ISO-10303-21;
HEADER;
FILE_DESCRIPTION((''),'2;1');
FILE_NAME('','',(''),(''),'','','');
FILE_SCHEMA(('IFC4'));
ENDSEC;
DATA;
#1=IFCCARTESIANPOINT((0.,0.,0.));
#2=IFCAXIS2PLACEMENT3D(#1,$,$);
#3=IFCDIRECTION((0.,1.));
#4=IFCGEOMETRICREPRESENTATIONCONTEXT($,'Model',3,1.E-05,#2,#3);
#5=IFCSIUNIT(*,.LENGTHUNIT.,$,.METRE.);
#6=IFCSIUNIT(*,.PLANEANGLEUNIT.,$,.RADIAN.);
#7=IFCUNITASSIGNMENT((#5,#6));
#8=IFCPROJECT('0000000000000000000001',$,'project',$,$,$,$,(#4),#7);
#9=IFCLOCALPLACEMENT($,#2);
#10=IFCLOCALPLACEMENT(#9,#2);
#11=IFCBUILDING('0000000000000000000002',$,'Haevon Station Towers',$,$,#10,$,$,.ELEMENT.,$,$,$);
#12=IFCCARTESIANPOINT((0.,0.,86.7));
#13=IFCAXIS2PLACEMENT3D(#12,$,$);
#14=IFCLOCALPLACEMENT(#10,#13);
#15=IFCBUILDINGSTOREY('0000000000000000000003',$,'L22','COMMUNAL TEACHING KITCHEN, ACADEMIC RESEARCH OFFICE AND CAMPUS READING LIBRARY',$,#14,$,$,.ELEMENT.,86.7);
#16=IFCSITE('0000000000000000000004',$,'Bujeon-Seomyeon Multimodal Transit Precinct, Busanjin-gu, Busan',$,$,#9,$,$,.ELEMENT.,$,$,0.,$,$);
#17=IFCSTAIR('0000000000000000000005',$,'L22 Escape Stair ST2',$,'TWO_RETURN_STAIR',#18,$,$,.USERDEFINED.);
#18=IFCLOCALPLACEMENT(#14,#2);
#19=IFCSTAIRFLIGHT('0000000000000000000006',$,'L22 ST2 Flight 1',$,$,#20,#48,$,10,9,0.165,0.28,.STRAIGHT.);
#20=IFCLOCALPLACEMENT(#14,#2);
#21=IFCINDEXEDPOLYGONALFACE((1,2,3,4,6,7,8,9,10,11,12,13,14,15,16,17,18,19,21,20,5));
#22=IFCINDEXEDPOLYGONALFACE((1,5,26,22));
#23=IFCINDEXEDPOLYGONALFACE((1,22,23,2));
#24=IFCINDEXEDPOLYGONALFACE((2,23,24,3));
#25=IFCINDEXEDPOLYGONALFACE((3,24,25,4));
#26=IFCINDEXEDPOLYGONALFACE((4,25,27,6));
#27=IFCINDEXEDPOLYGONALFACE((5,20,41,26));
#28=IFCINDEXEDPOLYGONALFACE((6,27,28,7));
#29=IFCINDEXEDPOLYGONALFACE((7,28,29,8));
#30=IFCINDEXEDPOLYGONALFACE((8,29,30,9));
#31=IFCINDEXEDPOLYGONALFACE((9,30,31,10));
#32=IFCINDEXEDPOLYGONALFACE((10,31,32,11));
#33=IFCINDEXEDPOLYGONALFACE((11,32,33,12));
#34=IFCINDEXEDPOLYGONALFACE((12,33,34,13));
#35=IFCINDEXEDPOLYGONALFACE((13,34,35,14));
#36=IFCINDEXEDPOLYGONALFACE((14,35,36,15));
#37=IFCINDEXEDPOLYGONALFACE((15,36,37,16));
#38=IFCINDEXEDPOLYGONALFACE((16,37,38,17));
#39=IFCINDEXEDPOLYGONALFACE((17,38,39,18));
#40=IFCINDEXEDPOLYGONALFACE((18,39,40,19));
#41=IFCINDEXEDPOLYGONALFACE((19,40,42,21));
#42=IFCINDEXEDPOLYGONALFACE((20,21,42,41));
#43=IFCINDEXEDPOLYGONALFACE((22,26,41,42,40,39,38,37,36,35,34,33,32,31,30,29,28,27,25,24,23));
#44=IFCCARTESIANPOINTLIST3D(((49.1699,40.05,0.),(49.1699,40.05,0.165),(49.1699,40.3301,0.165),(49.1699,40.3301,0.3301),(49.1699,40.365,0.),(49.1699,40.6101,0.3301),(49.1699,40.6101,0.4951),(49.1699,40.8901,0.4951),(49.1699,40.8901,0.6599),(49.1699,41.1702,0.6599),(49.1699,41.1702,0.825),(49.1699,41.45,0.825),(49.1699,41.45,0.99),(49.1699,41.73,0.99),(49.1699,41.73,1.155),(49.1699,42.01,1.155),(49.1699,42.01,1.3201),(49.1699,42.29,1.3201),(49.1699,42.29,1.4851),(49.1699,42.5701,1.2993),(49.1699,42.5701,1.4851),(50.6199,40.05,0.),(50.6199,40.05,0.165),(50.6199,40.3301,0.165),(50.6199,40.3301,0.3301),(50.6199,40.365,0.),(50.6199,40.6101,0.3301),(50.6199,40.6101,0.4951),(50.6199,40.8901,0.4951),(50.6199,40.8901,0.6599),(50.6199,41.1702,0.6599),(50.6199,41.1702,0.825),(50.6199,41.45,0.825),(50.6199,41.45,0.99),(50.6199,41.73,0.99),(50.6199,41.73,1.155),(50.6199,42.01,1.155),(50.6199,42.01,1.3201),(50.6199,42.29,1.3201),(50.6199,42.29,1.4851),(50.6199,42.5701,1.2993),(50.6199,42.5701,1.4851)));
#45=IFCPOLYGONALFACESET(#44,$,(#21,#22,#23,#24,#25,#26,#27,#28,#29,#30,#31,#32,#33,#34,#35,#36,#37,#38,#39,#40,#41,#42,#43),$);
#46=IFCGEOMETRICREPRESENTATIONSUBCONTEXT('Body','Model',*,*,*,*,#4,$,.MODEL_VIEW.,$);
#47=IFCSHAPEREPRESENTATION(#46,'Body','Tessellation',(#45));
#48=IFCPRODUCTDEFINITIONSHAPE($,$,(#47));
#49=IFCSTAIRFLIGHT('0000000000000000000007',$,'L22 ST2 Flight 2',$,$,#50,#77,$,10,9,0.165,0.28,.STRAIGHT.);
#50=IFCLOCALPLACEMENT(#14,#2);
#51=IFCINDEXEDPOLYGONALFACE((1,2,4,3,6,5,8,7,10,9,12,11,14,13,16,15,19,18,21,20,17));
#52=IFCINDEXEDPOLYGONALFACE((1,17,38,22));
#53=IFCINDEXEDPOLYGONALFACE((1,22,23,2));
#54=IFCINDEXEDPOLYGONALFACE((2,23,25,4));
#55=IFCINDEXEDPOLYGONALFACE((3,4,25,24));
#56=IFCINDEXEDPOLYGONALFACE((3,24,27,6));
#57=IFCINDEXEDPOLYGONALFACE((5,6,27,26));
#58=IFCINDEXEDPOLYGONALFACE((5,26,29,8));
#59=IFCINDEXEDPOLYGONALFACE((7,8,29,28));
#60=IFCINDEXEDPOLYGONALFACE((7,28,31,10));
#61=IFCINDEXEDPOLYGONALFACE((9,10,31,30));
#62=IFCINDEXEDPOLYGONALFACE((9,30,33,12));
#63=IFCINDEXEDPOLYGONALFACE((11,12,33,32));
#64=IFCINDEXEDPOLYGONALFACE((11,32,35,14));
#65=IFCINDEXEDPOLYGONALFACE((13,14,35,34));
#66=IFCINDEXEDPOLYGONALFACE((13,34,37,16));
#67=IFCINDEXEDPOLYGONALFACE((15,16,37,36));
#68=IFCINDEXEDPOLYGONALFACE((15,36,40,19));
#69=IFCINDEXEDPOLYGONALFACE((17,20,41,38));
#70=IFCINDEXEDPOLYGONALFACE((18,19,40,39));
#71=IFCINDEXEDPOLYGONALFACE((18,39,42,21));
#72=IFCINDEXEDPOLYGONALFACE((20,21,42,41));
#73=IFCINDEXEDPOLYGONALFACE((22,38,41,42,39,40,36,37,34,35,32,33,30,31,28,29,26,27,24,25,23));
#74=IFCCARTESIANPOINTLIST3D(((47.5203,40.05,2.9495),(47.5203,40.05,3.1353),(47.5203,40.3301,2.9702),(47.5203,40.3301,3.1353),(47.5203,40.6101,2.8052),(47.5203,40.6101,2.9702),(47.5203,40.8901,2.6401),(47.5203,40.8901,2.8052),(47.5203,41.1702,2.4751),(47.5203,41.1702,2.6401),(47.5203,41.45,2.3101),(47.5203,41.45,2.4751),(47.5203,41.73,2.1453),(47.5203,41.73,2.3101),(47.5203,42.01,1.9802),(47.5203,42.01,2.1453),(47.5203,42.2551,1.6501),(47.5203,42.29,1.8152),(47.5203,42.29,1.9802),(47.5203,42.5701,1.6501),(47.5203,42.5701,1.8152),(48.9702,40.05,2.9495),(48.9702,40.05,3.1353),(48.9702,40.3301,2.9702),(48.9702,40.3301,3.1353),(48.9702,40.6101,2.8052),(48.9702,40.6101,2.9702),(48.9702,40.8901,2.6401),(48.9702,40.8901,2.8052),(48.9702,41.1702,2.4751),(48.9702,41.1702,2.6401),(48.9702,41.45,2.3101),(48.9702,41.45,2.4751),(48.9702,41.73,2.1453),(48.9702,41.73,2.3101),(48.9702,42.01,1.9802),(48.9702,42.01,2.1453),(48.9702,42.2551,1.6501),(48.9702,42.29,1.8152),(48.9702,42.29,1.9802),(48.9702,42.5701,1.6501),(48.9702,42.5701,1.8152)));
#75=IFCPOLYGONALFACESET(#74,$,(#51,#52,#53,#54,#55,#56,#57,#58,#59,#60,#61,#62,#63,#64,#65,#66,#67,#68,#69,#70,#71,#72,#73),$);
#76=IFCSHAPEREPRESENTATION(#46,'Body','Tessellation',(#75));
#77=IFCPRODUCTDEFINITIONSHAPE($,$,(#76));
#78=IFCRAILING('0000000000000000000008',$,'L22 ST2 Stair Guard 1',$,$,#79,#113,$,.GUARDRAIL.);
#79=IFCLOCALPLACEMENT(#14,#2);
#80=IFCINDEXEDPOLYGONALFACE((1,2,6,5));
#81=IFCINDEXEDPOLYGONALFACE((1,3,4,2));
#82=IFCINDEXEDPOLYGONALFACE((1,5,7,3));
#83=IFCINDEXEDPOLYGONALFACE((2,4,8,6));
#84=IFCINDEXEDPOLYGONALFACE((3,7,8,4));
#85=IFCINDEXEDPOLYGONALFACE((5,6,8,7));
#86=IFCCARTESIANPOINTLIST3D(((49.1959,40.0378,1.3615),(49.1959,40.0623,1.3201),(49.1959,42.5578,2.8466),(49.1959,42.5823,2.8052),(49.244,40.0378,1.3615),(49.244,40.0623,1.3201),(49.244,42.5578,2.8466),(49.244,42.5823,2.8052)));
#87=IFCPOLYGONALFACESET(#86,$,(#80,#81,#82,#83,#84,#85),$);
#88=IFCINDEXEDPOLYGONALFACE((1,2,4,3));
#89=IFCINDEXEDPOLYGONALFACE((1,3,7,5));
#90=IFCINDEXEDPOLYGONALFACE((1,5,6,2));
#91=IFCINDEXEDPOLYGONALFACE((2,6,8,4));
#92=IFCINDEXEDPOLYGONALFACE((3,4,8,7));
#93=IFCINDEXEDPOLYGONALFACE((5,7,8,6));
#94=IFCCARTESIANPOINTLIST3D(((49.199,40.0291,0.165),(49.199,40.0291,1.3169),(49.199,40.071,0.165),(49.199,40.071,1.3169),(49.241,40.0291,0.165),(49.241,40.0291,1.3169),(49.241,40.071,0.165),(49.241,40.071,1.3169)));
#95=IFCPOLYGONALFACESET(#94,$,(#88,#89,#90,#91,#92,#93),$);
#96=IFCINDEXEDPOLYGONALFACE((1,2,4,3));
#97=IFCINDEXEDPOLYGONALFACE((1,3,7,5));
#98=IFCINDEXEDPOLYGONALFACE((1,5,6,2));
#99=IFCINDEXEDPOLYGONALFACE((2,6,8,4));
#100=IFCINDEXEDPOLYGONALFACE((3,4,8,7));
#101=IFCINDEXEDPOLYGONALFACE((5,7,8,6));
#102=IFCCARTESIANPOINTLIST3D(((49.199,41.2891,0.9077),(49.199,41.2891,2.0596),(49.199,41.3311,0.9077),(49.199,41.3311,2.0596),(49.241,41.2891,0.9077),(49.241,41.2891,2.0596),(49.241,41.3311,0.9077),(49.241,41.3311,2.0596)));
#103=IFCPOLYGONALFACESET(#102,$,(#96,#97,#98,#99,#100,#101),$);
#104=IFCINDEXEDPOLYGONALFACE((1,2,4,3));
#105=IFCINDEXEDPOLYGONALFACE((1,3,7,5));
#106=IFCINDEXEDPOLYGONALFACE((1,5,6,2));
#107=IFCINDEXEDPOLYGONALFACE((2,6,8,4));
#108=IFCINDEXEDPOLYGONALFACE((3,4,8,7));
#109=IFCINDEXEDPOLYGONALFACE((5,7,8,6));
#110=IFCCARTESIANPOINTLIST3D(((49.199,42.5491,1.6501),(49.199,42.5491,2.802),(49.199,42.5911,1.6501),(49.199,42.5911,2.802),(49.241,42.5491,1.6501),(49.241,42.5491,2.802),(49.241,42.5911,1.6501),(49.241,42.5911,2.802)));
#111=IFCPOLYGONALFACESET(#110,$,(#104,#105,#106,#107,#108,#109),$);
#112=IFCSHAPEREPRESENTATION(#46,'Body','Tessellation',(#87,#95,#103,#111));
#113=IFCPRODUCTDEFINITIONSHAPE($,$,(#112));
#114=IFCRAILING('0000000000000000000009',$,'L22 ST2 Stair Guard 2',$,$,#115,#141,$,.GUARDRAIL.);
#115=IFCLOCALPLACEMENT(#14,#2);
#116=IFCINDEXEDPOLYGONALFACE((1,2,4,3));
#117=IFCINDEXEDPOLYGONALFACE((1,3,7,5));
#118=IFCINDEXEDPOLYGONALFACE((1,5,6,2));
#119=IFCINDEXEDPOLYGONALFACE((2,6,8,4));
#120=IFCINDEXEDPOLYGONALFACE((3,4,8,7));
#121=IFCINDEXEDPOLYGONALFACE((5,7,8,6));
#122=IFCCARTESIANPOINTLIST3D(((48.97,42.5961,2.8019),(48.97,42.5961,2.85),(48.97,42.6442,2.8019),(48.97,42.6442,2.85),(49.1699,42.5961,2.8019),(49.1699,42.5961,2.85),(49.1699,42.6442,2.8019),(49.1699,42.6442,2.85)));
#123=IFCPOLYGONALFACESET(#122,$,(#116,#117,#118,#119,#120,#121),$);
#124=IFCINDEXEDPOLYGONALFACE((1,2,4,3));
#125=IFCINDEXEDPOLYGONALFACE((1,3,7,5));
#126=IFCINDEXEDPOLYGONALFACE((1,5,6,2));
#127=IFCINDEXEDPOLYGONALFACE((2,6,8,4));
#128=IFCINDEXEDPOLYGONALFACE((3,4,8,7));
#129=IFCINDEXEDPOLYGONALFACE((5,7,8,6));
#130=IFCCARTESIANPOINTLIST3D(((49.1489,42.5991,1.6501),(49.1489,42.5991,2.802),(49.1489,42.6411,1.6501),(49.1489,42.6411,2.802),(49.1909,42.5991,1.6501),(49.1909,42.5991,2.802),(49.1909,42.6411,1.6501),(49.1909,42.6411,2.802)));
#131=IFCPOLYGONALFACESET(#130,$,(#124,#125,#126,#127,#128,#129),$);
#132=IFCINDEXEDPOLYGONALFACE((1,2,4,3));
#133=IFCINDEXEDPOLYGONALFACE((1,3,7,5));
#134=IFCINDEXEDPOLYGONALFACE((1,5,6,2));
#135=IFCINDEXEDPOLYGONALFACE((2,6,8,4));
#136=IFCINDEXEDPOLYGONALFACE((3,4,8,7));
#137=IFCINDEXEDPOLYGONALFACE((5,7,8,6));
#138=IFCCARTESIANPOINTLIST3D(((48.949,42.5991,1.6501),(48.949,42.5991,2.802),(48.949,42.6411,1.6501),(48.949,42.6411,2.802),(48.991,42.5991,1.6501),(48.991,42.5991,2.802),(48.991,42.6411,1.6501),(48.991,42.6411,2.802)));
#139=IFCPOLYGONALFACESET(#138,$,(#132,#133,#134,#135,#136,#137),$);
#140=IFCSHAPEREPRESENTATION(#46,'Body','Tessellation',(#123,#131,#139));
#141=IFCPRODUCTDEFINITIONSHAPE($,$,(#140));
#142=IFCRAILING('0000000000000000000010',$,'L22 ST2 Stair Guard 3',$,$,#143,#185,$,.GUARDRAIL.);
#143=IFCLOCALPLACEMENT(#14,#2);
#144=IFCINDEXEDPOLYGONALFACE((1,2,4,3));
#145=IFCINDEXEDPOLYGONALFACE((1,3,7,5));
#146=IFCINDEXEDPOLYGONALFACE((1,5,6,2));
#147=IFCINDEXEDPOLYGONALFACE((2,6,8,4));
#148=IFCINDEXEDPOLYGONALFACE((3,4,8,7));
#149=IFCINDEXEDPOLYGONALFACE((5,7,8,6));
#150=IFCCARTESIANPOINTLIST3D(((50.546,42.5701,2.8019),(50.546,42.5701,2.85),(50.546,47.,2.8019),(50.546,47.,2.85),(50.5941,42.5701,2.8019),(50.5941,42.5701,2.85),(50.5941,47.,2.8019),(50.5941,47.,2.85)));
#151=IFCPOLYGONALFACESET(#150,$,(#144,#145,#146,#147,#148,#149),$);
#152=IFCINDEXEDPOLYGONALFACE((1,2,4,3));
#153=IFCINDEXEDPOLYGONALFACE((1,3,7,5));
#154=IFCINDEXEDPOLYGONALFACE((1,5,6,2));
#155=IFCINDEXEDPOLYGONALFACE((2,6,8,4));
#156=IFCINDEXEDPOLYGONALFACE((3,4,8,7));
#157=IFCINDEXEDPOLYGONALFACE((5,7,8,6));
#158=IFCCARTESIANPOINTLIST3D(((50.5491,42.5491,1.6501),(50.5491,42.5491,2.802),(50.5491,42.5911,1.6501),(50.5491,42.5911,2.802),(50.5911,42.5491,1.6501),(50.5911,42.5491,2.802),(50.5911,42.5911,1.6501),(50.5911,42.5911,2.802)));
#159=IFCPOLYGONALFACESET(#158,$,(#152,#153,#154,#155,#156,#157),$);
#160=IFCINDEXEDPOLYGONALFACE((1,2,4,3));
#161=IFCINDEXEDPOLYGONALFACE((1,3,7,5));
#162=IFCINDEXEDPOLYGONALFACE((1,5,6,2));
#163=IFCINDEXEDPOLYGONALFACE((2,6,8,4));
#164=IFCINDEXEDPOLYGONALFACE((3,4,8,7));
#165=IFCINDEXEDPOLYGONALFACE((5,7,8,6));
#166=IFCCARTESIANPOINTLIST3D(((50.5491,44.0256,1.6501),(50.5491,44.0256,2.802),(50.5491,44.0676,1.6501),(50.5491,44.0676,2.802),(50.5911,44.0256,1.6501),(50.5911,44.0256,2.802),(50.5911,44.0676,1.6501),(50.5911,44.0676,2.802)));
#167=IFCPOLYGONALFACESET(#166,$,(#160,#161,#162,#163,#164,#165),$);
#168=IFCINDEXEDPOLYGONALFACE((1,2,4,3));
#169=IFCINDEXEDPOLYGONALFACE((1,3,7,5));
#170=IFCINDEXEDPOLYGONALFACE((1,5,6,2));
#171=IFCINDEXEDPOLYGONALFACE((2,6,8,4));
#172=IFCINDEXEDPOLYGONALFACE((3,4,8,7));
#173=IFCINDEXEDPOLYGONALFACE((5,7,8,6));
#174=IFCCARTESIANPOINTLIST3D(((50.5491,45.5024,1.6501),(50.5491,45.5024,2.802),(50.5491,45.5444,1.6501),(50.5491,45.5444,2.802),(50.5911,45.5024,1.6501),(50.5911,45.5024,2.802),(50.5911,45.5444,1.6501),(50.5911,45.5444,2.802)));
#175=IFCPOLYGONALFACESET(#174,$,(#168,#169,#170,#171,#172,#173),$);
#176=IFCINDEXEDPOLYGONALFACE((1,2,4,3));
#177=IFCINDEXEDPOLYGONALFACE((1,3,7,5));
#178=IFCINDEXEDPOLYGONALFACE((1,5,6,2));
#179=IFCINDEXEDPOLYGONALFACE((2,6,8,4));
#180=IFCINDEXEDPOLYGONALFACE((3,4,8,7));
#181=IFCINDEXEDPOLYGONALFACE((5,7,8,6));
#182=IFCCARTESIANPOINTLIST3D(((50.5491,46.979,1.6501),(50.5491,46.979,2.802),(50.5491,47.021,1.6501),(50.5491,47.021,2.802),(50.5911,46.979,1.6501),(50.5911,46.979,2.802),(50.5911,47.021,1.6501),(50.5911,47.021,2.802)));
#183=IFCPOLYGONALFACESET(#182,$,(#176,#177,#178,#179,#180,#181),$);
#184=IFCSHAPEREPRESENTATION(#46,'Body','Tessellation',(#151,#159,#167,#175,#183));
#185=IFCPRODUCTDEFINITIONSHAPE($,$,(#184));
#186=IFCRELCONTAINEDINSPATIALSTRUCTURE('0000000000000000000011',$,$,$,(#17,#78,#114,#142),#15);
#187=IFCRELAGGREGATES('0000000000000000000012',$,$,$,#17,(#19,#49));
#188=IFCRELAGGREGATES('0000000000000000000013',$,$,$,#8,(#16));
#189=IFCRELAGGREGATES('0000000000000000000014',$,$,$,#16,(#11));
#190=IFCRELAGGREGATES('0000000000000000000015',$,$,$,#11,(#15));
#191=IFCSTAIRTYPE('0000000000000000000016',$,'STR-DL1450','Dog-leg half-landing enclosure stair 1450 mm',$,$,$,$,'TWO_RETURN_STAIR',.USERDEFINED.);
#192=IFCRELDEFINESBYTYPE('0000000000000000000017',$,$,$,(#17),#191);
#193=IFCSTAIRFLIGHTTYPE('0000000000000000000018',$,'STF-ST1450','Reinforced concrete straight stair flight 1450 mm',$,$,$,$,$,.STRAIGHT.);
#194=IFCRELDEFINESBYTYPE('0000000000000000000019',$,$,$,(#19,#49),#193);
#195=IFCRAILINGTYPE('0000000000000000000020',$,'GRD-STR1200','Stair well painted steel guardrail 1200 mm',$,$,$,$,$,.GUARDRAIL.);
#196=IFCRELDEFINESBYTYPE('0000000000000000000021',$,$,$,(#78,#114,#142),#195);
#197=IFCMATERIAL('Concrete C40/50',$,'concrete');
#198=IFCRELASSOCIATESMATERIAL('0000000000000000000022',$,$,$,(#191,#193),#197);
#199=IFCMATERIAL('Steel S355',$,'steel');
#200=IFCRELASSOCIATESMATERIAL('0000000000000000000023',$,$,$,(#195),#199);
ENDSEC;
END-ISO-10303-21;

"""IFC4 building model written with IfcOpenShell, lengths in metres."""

from ifc_helpers import new_model, si_unit, direction, frame, origin, origin_2d, place, context, subcontext, project, spatial, polyline, rectangle, outline, extrude, material, type_object, element, aggregate, save


model = new_model("IFC4")

# Units and contexts
model_context = context("Model", 3, precision=1e-05, world=origin(), true_north=direction((0.0, 1.0)))
body_context = subcontext(model_context, "Body", "Model", "MODEL_VIEW")
ifc_project = project(units=[si_unit("LENGTHUNIT", "METRE"), si_unit("PLANEANGLEUNIT", "RADIAN")], contexts=[model_context])

# Site, building, storey
site_placement = place(None, origin())
site = spatial("IfcSite", under=ifc_project, at=site_placement, Name="Bujeon-Seomyeon Multimodal Transit Precinct, Busanjin-gu, Busan", CompositionType="ELEMENT", RefElevation=0.0)
building_placement = place(site_placement, origin())
building = spatial("IfcBuilding", under=site, at=building_placement, Name="Haevon Station Towers", CompositionType="ELEMENT")
storey_placement = place(building_placement, frame((0.0, 0.0, 86.7)))
storey = spatial("IfcBuildingStorey", under=building, at=storey_placement, Name="L22", Description="COMMUNAL TEACHING KITCHEN, ACADEMIC RESEARCH OFFICE AND CAMPUS READING LIBRARY", CompositionType="ELEMENT", Elevation=86.7)

# Shared definitions
ifc_material_1 = material(Name="Steel S355", Category="steel")

# Shared definitions
ifc_material_2 = material(Name="Concrete C40/50", Category="concrete")

# Stair, stair flights
stair_type = type_object("IfcStairType", Name="STR-DL1450", Description="Dog-leg half-landing enclosure stair 1450 mm", ElementType="TWO_RETURN_STAIR", PredefinedType="USERDEFINED", material=ifc_material_2)
stair_placement = place(storey_placement, origin())
stair = element("IfcStair", 1, at=stair_placement, inside=storey, type_object=stair_type, Name="L22 Escape Stair ST2", ObjectType="TWO_RETURN_STAIR", PredefinedType="USERDEFINED")
stair_flight_type = type_object("IfcStairFlightType", Name="STF-ST1450", Description="Reinforced concrete straight stair flight 1450 mm", PredefinedType="STRAIGHT", material=ifc_material_2)
stair_flight_1_placement = place(storey_placement, frame((49.895, 40.05, 0.0), z_axis=(0.0, 0.0, 1.0), x_axis=(0.0, 1.0, 0.0)))
stair_flight_1 = element("IfcStairFlight", 2, at=stair_flight_1_placement, type_object=stair_flight_type, Name="L22 ST2 Flight 1", NumberOfRisers=10, NumberOfTreads=9, PredefinedType="STRAIGHT", RiserHeight=0.165, TreadLength=0.28, context=body_context, shape_type="SweptSolid", body=[
    extrude(outline(polyline([(0.0, 0.0), (0.0, 0.165), (0.28, 0.165), (0.28, 0.3301), (0.5601, 0.3301), (0.5601, 0.4951), (0.8401, 0.4951), (0.8401, 0.6599), (1.1201, 0.6599), (1.1201, 0.825), (1.3999, 0.825), (1.3999, 0.99), (1.6799, 0.99), (1.6799, 1.155), (1.96, 1.155), (1.96, 1.3201), (2.24, 1.3201), (2.24, 1.4851), (2.52, 1.4851), (2.52, 1.6499), (2.52, 1.2993), (0.3149, 0.0), (0.0, 0.0)])), frame((0.0, 0.7251, 0.0), z_axis=(0.0, -1.0, 0.0), x_axis=(1.0, 0.0, 0.0)), (0.0, 0.0, 1.0), 1.45),
])
stair_flight_2_placement = place(storey_placement, frame((48.2451, 42.5701, 1.6501), z_axis=(0.0, 0.0, 1.0), x_axis=(0.0, -1.0, 0.0)))
stair_flight_2 = element("IfcStairFlight", 3, at=stair_flight_2_placement, type_object=stair_flight_type, Name="L22 ST2 Flight 2", NumberOfRisers=10, NumberOfTreads=9, PredefinedType="STRAIGHT", RiserHeight=0.165, TreadLength=0.28, context=body_context, shape_type="SweptSolid", body=[
    extrude(outline(polyline([(0.0, 0.0), (0.0, 0.165), (0.28, 0.165), (0.28, 0.3301), (0.5601, 0.3301), (0.5601, 0.4951), (0.8401, 0.4951), (0.8401, 0.6599), (1.1201, 0.6599), (1.1201, 0.825), (1.3999, 0.825), (1.3999, 0.99), (1.6799, 0.99), (1.6799, 1.155), (1.96, 1.155), (1.96, 1.3201), (2.24, 1.3201), (2.24, 1.4851), (2.52, 1.4851), (2.52, 1.6499), (2.52, 1.2993), (0.3149, 0.0), (0.0, 0.0)])), frame((0.0, 0.7251, 0.0), z_axis=(0.0, -1.0, 0.0), x_axis=(1.0, 0.0, 0.0)), (0.0, 0.0, 1.0), 1.45),
])
aggregate(stair, [stair_flight_1, stair_flight_2])

# Railings
railing_type_1 = type_object("IfcRailingType", Name="GRD-STR1200", Description="Stair well painted steel guardrail 1200 mm", PredefinedType="GUARDRAIL", material=ifc_material_1)
railing_1_placement = place(storey_placement, frame((49.22, 40.05, 0.165)))
element("IfcRailing", 4, at=railing_1_placement, inside=storey, type_object=railing_type_1, Name="L22 ST2 Stair Guard 1", PredefinedType="GUARDRAIL", context=body_context, shape_type="SweptSolid", body=[
    extrude(rectangle(XDim=0.0481, YDim=0.0481, at=origin_2d()), frame((0.0, 0.0, 1.1758), z_axis=(0.0, 0.861524, 0.507717), x_axis=(-1.0, 0.0, 0.0)), (0.0, 0.0, 1.0), 2.925),
    extrude(rectangle(XDim=0.042, YDim=0.042, at=origin_2d()), origin(), (0.0, 0.0, 1.0), 1.1519),
    extrude(rectangle(XDim=0.042, YDim=0.042, at=origin_2d()), frame((0.0, 1.26, 0.7427)), (0.0, 0.0, 1.0), 1.1519),
    extrude(rectangle(XDim=0.042, YDim=0.042, at=origin_2d()), frame((0.0, 2.52, 1.4851)), (0.0, 0.0, 1.0), 1.1519),
])
railing_2_placement = place(storey_placement, frame((49.1699, 42.6201, 1.6501)))
element("IfcRailing", 5, at=railing_2_placement, inside=storey, type_object=railing_type_1, Name="L22 ST2 Stair Guard 2", PredefinedType="GUARDRAIL", context=body_context, shape_type="SweptSolid", body=[
    extrude(rectangle(XDim=0.0481, YDim=0.0481, at=origin_2d()), frame((0.0, 0.0, 1.1758), z_axis=(-1.0, 0.0, 0.0), x_axis=(0.0, -1.0, 0.0)), (0.0, 0.0, 1.0), 0.2),
    extrude(rectangle(XDim=0.042, YDim=0.042, at=origin_2d()), origin(), (0.0, 0.0, 1.0), 1.1519),
    extrude(rectangle(XDim=0.042, YDim=0.042, at=origin_2d()), frame((-0.2, 0.0, 0.0)), (0.0, 0.0, 1.0), 1.1519),
])
for number, where, name in (
    (6, (50.5701, 42.5701, 1.6501), "L22 ST2 Stair Guard 3"),
):
    element("IfcRailing", number, at=place(storey_placement, frame(where)), inside=storey, type_object=railing_type_1, Name=name, PredefinedType="GUARDRAIL", context=body_context, shape_type="SweptSolid", body=[
        extrude(rectangle(XDim=0.0481, YDim=0.0481, at=origin_2d()), frame((0.0, 0.0, 1.1758), z_axis=(0.0, 1.0, 0.0), x_axis=(-1.0, 0.0, 0.0)), (0.0, 0.0, 1.0), 4.4299),
        extrude(rectangle(XDim=0.042, YDim=0.042, at=origin_2d()), origin(), (0.0, 0.0, 1.0), 1.1519),
        extrude(rectangle(XDim=0.042, YDim=0.042, at=origin_2d()), frame((0.0, 1.4766, 0.0)), (0.0, 0.0, 1.0), 1.1519),
        extrude(rectangle(XDim=0.042, YDim=0.042, at=origin_2d()), frame((0.0, 2.9534, 0.0)), (0.0, 0.0, 1.0), 1.1519),
        extrude(rectangle(XDim=0.042, YDim=0.042, at=origin_2d()), frame((0.0, 4.4299, 0.0)), (0.0, 0.0, 1.0), 1.1519),
    ])

save(model, "model.ifc")
